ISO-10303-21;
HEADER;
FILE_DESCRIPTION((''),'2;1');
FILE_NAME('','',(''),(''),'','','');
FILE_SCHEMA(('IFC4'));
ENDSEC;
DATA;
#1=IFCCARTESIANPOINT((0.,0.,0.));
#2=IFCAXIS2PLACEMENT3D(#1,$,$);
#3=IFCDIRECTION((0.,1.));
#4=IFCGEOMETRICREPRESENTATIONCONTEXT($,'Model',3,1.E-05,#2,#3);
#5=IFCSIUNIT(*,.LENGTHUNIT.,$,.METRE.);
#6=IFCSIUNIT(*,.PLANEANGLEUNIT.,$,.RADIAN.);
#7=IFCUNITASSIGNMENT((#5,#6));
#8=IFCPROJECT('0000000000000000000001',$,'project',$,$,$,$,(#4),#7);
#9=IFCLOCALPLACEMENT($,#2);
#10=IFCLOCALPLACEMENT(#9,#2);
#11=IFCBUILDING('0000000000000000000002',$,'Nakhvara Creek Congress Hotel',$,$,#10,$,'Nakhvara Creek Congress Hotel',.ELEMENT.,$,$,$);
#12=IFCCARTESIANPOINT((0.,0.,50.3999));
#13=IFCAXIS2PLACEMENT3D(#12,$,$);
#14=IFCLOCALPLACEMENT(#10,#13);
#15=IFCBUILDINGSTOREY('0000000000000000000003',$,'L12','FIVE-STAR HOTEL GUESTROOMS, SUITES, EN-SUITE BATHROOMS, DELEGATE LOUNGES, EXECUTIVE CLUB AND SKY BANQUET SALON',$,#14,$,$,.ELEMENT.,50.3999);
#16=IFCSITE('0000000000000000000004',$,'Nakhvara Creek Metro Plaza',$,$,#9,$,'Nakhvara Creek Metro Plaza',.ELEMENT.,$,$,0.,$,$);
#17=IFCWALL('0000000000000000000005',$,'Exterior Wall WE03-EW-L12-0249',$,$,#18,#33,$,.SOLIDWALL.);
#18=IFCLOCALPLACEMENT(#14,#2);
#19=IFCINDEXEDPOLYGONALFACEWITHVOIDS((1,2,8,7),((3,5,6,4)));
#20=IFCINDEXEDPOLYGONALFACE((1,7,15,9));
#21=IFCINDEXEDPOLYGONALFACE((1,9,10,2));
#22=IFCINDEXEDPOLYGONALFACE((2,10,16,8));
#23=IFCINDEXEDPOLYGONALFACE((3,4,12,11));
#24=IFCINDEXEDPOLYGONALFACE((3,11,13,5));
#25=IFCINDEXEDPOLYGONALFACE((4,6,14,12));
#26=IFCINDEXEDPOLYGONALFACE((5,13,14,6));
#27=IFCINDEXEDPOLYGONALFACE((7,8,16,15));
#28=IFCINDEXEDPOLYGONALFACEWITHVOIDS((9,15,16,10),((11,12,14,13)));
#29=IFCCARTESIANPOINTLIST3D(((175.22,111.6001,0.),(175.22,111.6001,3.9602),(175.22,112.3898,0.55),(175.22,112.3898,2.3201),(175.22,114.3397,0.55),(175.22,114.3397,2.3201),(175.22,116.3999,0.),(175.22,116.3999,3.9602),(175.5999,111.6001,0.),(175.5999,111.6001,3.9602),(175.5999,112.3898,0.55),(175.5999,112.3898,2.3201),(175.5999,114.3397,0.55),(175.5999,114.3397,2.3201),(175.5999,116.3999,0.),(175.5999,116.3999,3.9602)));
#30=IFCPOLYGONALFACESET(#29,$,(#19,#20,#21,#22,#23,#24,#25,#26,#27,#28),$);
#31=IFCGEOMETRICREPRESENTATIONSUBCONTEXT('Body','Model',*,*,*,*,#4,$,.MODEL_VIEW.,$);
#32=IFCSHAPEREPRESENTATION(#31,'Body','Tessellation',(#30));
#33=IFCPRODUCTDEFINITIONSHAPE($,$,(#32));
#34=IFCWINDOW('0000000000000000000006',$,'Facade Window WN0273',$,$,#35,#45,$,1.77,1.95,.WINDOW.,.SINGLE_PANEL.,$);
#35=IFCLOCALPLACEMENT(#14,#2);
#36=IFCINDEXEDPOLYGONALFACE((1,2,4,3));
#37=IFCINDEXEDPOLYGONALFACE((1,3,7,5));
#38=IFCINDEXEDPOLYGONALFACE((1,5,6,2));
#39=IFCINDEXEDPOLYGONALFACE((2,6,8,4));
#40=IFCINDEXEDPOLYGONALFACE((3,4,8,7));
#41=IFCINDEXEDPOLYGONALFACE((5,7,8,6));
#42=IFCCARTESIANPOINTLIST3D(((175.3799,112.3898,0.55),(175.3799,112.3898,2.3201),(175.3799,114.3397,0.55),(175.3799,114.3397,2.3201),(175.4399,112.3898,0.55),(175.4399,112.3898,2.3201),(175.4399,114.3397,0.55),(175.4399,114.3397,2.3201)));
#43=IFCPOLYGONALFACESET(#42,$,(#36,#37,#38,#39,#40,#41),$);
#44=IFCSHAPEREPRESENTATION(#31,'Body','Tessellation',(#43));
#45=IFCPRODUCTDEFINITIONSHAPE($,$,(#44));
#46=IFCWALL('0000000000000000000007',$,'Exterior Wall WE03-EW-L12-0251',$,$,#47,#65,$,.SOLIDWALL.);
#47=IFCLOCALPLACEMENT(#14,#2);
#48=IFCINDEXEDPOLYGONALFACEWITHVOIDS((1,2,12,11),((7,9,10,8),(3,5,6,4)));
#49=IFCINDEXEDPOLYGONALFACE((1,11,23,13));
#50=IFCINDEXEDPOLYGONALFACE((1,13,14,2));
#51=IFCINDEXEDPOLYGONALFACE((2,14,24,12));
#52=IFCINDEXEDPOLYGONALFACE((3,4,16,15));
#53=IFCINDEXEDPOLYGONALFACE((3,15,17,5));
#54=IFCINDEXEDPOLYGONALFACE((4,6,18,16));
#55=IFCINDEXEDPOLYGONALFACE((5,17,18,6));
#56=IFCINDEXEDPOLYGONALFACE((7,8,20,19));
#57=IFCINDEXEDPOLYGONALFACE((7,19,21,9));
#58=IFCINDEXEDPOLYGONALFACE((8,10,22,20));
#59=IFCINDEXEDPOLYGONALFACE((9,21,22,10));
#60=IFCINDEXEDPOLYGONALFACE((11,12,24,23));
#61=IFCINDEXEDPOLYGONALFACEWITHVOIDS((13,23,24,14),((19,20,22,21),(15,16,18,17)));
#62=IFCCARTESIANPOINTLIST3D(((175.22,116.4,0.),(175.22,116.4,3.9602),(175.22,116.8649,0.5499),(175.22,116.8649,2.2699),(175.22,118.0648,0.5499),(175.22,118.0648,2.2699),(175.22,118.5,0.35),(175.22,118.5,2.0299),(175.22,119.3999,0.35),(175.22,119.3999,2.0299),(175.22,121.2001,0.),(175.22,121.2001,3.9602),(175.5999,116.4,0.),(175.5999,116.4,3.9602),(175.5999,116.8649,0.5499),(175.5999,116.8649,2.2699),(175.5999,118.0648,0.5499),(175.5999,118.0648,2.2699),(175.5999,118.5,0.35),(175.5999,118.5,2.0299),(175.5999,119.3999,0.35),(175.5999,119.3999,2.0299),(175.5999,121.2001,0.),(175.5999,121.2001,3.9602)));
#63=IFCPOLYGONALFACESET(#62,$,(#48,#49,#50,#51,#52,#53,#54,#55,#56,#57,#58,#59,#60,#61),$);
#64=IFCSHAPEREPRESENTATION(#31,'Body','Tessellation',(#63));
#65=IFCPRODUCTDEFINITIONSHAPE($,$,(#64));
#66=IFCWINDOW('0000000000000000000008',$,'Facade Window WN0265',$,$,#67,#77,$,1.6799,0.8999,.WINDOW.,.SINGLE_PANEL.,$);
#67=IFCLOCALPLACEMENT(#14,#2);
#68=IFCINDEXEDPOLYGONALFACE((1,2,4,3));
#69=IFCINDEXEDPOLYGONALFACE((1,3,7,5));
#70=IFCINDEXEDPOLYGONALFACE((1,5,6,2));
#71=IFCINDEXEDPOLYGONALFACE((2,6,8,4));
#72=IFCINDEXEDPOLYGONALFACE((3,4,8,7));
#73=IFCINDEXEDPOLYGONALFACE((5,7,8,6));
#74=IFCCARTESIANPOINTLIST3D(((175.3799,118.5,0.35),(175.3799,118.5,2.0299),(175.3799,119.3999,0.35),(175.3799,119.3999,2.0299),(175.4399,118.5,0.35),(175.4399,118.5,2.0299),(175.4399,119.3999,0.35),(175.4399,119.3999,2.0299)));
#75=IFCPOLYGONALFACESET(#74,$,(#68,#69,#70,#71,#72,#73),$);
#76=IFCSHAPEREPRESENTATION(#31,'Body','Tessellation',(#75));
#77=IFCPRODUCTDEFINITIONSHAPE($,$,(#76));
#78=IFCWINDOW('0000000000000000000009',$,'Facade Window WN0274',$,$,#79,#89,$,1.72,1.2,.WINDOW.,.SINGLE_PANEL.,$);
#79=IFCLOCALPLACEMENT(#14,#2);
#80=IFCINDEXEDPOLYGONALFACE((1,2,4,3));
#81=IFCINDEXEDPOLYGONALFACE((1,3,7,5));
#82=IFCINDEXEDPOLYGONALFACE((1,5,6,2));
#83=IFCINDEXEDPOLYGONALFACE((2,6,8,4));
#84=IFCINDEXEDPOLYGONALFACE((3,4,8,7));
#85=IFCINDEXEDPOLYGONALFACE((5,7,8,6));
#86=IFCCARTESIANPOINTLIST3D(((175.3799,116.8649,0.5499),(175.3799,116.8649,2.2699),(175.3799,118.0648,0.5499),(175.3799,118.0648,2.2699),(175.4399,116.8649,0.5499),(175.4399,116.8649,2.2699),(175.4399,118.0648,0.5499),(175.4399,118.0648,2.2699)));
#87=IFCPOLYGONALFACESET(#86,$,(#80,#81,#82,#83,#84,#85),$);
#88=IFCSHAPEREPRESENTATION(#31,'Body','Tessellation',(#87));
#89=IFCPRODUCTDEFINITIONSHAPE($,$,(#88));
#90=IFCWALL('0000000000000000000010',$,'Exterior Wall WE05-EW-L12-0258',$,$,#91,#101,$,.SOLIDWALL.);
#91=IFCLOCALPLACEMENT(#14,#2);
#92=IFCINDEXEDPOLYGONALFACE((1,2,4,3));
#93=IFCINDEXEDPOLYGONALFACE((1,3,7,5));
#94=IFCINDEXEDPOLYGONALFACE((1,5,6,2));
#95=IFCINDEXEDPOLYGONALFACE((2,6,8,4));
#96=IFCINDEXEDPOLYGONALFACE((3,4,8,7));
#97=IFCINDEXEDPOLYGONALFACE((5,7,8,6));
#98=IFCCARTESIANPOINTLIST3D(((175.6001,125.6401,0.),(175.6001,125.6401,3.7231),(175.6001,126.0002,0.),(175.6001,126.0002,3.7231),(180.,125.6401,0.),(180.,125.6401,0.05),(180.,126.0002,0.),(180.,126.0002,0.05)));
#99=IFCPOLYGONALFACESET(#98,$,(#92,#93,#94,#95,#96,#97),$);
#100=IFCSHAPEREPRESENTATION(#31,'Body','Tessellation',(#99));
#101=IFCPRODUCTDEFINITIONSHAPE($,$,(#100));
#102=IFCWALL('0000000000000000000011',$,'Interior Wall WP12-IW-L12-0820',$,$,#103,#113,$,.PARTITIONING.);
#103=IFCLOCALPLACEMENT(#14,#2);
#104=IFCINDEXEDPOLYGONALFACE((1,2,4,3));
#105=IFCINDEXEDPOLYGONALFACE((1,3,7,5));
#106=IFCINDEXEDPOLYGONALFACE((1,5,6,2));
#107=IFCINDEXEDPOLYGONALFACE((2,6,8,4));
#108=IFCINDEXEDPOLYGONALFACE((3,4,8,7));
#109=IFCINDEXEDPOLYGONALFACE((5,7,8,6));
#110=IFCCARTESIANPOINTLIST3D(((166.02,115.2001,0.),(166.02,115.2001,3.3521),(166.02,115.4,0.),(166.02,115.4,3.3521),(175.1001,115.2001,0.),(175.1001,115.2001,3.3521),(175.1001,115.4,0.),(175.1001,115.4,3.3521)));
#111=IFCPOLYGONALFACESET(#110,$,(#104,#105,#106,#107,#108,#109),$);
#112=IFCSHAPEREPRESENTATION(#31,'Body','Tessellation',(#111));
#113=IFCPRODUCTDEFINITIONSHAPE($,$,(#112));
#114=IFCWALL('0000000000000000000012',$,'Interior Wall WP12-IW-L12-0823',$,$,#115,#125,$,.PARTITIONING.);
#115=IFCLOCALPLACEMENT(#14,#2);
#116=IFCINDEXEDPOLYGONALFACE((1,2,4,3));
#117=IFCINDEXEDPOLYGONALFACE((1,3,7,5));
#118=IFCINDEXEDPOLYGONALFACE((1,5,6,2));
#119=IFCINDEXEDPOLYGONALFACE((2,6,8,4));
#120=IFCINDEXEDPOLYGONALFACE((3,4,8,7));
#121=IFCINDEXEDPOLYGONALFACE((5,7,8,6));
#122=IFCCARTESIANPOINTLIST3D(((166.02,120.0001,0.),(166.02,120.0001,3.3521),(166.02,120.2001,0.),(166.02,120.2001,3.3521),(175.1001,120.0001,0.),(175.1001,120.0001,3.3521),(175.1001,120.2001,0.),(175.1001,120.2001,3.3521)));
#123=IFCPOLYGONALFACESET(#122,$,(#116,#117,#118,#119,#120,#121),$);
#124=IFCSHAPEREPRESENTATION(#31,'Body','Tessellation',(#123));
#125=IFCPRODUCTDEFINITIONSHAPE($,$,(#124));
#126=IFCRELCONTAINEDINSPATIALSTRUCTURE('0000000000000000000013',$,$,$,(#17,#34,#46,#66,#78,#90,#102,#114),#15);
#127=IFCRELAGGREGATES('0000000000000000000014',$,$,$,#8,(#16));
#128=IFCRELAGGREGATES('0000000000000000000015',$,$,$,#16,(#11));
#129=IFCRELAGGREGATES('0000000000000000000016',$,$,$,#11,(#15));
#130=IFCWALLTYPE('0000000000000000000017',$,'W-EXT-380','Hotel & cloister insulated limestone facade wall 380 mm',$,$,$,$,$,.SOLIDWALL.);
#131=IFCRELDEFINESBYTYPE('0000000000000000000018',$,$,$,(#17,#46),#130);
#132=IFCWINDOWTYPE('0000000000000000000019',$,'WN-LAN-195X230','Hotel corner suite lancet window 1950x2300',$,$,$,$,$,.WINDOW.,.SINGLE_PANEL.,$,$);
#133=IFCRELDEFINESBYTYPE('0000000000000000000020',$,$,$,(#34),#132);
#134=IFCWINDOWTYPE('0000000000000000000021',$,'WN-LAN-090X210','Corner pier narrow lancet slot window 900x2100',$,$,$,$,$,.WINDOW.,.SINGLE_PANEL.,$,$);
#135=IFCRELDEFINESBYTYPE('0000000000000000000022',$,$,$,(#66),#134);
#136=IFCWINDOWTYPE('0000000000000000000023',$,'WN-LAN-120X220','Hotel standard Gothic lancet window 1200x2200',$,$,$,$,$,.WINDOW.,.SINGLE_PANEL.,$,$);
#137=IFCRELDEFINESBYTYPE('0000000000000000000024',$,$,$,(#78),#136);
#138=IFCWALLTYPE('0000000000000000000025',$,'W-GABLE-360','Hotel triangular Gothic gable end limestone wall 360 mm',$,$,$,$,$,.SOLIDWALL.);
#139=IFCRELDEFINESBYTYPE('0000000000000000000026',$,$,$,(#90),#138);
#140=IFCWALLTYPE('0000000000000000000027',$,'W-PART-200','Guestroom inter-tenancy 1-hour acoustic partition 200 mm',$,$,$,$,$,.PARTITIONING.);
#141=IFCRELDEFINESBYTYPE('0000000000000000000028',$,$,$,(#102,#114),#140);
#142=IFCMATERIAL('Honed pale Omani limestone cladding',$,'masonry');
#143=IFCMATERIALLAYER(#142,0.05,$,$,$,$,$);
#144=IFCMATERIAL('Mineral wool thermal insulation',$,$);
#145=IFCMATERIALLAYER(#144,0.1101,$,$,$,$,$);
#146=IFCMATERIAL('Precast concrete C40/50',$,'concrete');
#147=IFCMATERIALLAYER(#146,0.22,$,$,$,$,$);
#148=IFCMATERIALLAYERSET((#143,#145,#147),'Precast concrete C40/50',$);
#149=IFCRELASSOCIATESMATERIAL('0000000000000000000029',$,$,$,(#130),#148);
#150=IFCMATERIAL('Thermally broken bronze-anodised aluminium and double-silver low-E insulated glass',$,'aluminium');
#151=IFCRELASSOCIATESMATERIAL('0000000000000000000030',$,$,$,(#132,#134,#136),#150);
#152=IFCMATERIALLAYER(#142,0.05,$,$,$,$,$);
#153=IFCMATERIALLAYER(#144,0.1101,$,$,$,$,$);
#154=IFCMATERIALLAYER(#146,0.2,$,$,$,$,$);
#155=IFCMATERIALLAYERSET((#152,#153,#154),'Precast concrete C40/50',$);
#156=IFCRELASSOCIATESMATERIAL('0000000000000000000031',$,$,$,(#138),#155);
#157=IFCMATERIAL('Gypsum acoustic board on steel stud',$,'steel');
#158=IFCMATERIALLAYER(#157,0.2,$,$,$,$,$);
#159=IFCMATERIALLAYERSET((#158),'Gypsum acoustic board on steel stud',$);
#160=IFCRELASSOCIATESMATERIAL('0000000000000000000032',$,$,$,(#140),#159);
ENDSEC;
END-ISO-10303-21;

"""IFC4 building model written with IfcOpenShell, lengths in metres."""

from ifc_helpers import new_model, si_unit, direction, frame, frame_2d, origin, place, context, subcontext, project, spatial, polyline, rectangle, outline, extrude, material, layer, layer_set, type_object, element, fill, save


model = new_model("IFC4")

# Units and contexts
model_context = context("Model", 3, precision=1e-05, world=origin(), true_north=direction((0.0, 1.0)))
body_context = subcontext(model_context, "Body", "Model", "MODEL_VIEW")
ifc_project = project(units=[si_unit("LENGTHUNIT", "METRE"), si_unit("PLANEANGLEUNIT", "RADIAN")], contexts=[model_context])

# Site, building, storey
site_placement = place(None, origin())
site = spatial("IfcSite", under=ifc_project, at=site_placement, Name="Nakhvara Creek Metro Plaza", LongName="Nakhvara Creek Metro Plaza", CompositionType="ELEMENT", RefElevation=0.0)
building_placement = place(site_placement, origin())
building = spatial("IfcBuilding", under=site, at=building_placement, Name="Nakhvara Creek Congress Hotel", LongName="Nakhvara Creek Congress Hotel", CompositionType="ELEMENT")
storey_placement = place(building_placement, frame((0.0, 0.0, 50.3999)))
storey = spatial("IfcBuildingStorey", under=building, at=storey_placement, Name="L12", Description="FIVE-STAR HOTEL GUESTROOMS, SUITES, EN-SUITE BATHROOMS, DELEGATE LOUNGES, EXECUTIVE CLUB AND SKY BANQUET SALON", CompositionType="ELEMENT", Elevation=50.3999)

# Shared definitions
ifc_material_1 = material(Name="Gypsum acoustic board on steel stud", Category="steel")

# Wall, opening, window
ifc_material_2 = material(Name="Honed pale Omani limestone cladding", Category="masonry")
ifc_layer_1 = layer(ifc_material_2, 0.05)
ifc_material_3 = material(Name="Mineral wool thermal insulation")
ifc_layer_2 = layer(ifc_material_3, 0.1101)
ifc_material_4 = material(Name="Precast concrete C40/50", Category="concrete")
ifc_layer_3 = layer(ifc_material_4, 0.22)
ifc_layer_set_1 = layer_set([ifc_layer_1, ifc_layer_2, ifc_layer_3], Name="Precast concrete C40/50")
wall_type_1 = type_object("IfcWallType", Name="W-EXT-380", Description="Hotel & cloister insulated limestone facade wall 380 mm", PredefinedType="SOLIDWALL", material=ifc_layer_set_1)
wall_1_placement = place(storey_placement, frame((175.4099, 116.3999, 0.0), z_axis=(0.0, 0.0, 1.0), x_axis=(0.0, -1.0, 0.0)))
wall_1 = element("IfcWall", 1, at=wall_1_placement, inside=storey, type_object=wall_type_1, Name="Exterior Wall WE03-EW-L12-0249", PredefinedType="SOLIDWALL", context=body_context, shape_type="SweptSolid", body=[
    extrude(rectangle(XDim=4.7998, YDim=0.3799, at=frame_2d((2.3999, 0.0))), origin(), (0.0, 0.0, 1.0), 3.9602),
])
opening_1_placement = place(wall_1_placement, frame((2.0601, 0.0, 0.55)))
opening_1 = element("IfcOpeningElement", 2, at=opening_1_placement, cuts=wall_1, PredefinedType="OPENING", context=body_context, shape_type="SweptSolid", body=[
    extrude(rectangle(XDim=1.95, YDim=1.77, at=frame_2d((0.9751, 0.885))), frame((0.0, 0.2019, 0.0), z_axis=(0.0, -1.0, 0.0), x_axis=(1.0, 0.0, 0.0)), (0.0, 0.0, 1.0), 0.4038),
])
ifc_material_5 = material(Name="Thermally broken bronze-anodised aluminium and double-silver low-E insulated glass", Category="aluminium")
window_type_1 = type_object("IfcWindowType", Name="WN-LAN-195X230", Description="Hotel corner suite lancet window 1950x2300", PartitioningType="SINGLE_PANEL", PredefinedType="WINDOW", material=ifc_material_5)
window_1_placement = place(opening_1_placement, origin())
window_1 = element("IfcWindow", 3, at=window_1_placement, inside=storey, type_object=window_type_1, Name="Facade Window WN0273", OverallHeight=1.77, OverallWidth=1.95, PartitioningType="SINGLE_PANEL", PredefinedType="WINDOW", context=body_context, shape_type="SweptSolid", body=[
    extrude(rectangle(XDim=1.95, YDim=1.77, at=frame_2d((0.9751, 0.885))), frame((0.0, 0.03, 0.0), z_axis=(0.0, -1.0, 0.0), x_axis=(1.0, 0.0, 0.0)), (0.0, 0.0, 1.0), 0.0601),
])
fill(opening_1, window_1)

# Wall, openings, windows
wall_2_placement = place(storey_placement, frame((175.4099, 121.2, 0.0), z_axis=(0.0, 0.0, 1.0), x_axis=(0.0, -1.0, 0.0)))
wall_2 = element("IfcWall", 4, at=wall_2_placement, inside=storey, type_object=wall_type_1, Name="Exterior Wall WE03-EW-L12-0251", PredefinedType="SOLIDWALL", context=body_context, shape_type="SweptSolid", body=[
    extrude(rectangle(XDim=4.8, YDim=0.3799, at=frame_2d((2.3999, 0.0))), origin(), (0.0, 0.0, 1.0), 3.9602),
])
opening_2_placement = place(wall_2_placement, frame((1.8, 0.0, 0.3501)))
opening_2 = element("IfcOpeningElement", 5, at=opening_2_placement, cuts=wall_2, PredefinedType="OPENING", context=body_context, shape_type="SweptSolid", body=[
    extrude(rectangle(XDim=0.8999, YDim=1.6799, at=frame_2d((0.45, 0.8398))), frame((0.0, 0.2019, 0.0), z_axis=(0.0, -1.0, 0.0), x_axis=(1.0, 0.0, 0.0)), (0.0, 0.0, 1.0), 0.4038),
])
opening_3_placement = place(wall_2_placement, frame((3.135, 0.0, 0.55)))
opening_3 = element("IfcOpeningElement", 6, at=opening_3_placement, cuts=wall_2, PredefinedType="OPENING", context=body_context, shape_type="SweptSolid", body=[
    extrude(rectangle(XDim=1.2, YDim=1.72, at=frame_2d((0.6001, 0.8599))), frame((0.0, 0.2019, 0.0), z_axis=(0.0, -1.0, 0.0), x_axis=(1.0, 0.0, 0.0)), (0.0, 0.0, 1.0), 0.4038),
])
window_type_2 = type_object("IfcWindowType", Name="WN-LAN-090X210", Description="Corner pier narrow lancet slot window 900x2100", PartitioningType="SINGLE_PANEL", PredefinedType="WINDOW", material=ifc_material_5)
window_2_placement = place(opening_2_placement, origin())
window_2 = element("IfcWindow", 7, at=window_2_placement, inside=storey, type_object=window_type_2, Name="Facade Window WN0265", OverallHeight=1.6799, OverallWidth=0.8999, PartitioningType="SINGLE_PANEL", PredefinedType="WINDOW", context=body_context, shape_type="SweptSolid", body=[
    extrude(rectangle(XDim=0.8999, YDim=1.6799, at=frame_2d((0.45, 0.8398))), frame((0.0, 0.03, 0.0), z_axis=(0.0, -1.0, 0.0), x_axis=(1.0, 0.0, 0.0)), (0.0, 0.0, 1.0), 0.0601),
])
fill(opening_2, window_2)
window_type_3 = type_object("IfcWindowType", Name="WN-LAN-120X220", Description="Hotel standard Gothic lancet window 1200x2200", PartitioningType="SINGLE_PANEL", PredefinedType="WINDOW", material=ifc_material_5)
window_3_placement = place(opening_3_placement, origin())
window_3 = element("IfcWindow", 8, at=window_3_placement, inside=storey, type_object=window_type_3, Name="Facade Window WN0274", OverallHeight=1.72, OverallWidth=1.2, PartitioningType="SINGLE_PANEL", PredefinedType="WINDOW", context=body_context, shape_type="SweptSolid", body=[
    extrude(rectangle(XDim=1.2, YDim=1.72, at=frame_2d((0.6001, 0.8599))), frame((0.0, 0.03, 0.0), z_axis=(0.0, -1.0, 0.0), x_axis=(1.0, 0.0, 0.0)), (0.0, 0.0, 1.0), 0.0601),
])
fill(opening_3, window_3)

# Walls
ifc_layer_4 = layer(ifc_material_2, 0.05)
ifc_layer_5 = layer(ifc_material_3, 0.1101)
ifc_layer_6 = layer(ifc_material_4, 0.2)
ifc_layer_set_2 = layer_set([ifc_layer_4, ifc_layer_5, ifc_layer_6], Name="Precast concrete C40/50")
wall_type_2 = type_object("IfcWallType", Name="W-GABLE-360", Description="Hotel triangular Gothic gable end limestone wall 360 mm", PredefinedType="SOLIDWALL", material=ifc_layer_set_2)
wall_3_placement = place(storey_placement, frame((175.6001, 125.8201, 0.0), z_axis=(0.0, 0.0, 1.0), x_axis=(1.0, 0.0, 0.0)))
element("IfcWall", 9, at=wall_3_placement, inside=storey, type_object=wall_type_2, Name="Exterior Wall WE05-EW-L12-0258", PredefinedType="SOLIDWALL", context=body_context, shape_type="SweptSolid", body=[
    extrude(outline(polyline([(0.0, 0.0), (4.3999, 0.0), (4.3999, 0.05), (0.0, 3.7231), (0.0, 0.0)])), frame((0.0, 0.1802, 0.0), z_axis=(0.0, -1.0, 0.0), x_axis=(1.0, 0.0, 0.0)), (0.0, 0.0, 1.0), 0.3601),
])
ifc_layer_7 = layer(ifc_material_1, 0.2)
ifc_layer_set_3 = layer_set([ifc_layer_7], Name="Gypsum acoustic board on steel stud")
wall_type_3 = type_object("IfcWallType", Name="W-PART-200", Description="Guestroom inter-tenancy 1-hour acoustic partition 200 mm", PredefinedType="PARTITIONING", material=ifc_layer_set_3)
for number, where, z_axis, x_axis, name in (
    (10, (166.02, 115.3, 0.0), (0.0, 0.0, 1.0), (1.0, 0.0, 0.0), "Interior Wall WP12-IW-L12-0820"),
    (11, (166.02, 120.1001, 0.0), (0.0, 0.0, 1.0), (1.0, 0.0, 0.0), "Interior Wall WP12-IW-L12-0823"),
):
    element("IfcWall", number, at=place(storey_placement, frame(where, z_axis=z_axis, x_axis=x_axis)), inside=storey, type_object=wall_type_3, Name=name, PredefinedType="PARTITIONING", context=body_context, shape_type="SweptSolid", body=[
        extrude(rectangle(XDim=9.0801, YDim=0.2, at=frame_2d((4.54, 0.0))), origin(), (0.0, 0.0, 1.0), 3.3521),
    ])

save(model, "model.ifc")
